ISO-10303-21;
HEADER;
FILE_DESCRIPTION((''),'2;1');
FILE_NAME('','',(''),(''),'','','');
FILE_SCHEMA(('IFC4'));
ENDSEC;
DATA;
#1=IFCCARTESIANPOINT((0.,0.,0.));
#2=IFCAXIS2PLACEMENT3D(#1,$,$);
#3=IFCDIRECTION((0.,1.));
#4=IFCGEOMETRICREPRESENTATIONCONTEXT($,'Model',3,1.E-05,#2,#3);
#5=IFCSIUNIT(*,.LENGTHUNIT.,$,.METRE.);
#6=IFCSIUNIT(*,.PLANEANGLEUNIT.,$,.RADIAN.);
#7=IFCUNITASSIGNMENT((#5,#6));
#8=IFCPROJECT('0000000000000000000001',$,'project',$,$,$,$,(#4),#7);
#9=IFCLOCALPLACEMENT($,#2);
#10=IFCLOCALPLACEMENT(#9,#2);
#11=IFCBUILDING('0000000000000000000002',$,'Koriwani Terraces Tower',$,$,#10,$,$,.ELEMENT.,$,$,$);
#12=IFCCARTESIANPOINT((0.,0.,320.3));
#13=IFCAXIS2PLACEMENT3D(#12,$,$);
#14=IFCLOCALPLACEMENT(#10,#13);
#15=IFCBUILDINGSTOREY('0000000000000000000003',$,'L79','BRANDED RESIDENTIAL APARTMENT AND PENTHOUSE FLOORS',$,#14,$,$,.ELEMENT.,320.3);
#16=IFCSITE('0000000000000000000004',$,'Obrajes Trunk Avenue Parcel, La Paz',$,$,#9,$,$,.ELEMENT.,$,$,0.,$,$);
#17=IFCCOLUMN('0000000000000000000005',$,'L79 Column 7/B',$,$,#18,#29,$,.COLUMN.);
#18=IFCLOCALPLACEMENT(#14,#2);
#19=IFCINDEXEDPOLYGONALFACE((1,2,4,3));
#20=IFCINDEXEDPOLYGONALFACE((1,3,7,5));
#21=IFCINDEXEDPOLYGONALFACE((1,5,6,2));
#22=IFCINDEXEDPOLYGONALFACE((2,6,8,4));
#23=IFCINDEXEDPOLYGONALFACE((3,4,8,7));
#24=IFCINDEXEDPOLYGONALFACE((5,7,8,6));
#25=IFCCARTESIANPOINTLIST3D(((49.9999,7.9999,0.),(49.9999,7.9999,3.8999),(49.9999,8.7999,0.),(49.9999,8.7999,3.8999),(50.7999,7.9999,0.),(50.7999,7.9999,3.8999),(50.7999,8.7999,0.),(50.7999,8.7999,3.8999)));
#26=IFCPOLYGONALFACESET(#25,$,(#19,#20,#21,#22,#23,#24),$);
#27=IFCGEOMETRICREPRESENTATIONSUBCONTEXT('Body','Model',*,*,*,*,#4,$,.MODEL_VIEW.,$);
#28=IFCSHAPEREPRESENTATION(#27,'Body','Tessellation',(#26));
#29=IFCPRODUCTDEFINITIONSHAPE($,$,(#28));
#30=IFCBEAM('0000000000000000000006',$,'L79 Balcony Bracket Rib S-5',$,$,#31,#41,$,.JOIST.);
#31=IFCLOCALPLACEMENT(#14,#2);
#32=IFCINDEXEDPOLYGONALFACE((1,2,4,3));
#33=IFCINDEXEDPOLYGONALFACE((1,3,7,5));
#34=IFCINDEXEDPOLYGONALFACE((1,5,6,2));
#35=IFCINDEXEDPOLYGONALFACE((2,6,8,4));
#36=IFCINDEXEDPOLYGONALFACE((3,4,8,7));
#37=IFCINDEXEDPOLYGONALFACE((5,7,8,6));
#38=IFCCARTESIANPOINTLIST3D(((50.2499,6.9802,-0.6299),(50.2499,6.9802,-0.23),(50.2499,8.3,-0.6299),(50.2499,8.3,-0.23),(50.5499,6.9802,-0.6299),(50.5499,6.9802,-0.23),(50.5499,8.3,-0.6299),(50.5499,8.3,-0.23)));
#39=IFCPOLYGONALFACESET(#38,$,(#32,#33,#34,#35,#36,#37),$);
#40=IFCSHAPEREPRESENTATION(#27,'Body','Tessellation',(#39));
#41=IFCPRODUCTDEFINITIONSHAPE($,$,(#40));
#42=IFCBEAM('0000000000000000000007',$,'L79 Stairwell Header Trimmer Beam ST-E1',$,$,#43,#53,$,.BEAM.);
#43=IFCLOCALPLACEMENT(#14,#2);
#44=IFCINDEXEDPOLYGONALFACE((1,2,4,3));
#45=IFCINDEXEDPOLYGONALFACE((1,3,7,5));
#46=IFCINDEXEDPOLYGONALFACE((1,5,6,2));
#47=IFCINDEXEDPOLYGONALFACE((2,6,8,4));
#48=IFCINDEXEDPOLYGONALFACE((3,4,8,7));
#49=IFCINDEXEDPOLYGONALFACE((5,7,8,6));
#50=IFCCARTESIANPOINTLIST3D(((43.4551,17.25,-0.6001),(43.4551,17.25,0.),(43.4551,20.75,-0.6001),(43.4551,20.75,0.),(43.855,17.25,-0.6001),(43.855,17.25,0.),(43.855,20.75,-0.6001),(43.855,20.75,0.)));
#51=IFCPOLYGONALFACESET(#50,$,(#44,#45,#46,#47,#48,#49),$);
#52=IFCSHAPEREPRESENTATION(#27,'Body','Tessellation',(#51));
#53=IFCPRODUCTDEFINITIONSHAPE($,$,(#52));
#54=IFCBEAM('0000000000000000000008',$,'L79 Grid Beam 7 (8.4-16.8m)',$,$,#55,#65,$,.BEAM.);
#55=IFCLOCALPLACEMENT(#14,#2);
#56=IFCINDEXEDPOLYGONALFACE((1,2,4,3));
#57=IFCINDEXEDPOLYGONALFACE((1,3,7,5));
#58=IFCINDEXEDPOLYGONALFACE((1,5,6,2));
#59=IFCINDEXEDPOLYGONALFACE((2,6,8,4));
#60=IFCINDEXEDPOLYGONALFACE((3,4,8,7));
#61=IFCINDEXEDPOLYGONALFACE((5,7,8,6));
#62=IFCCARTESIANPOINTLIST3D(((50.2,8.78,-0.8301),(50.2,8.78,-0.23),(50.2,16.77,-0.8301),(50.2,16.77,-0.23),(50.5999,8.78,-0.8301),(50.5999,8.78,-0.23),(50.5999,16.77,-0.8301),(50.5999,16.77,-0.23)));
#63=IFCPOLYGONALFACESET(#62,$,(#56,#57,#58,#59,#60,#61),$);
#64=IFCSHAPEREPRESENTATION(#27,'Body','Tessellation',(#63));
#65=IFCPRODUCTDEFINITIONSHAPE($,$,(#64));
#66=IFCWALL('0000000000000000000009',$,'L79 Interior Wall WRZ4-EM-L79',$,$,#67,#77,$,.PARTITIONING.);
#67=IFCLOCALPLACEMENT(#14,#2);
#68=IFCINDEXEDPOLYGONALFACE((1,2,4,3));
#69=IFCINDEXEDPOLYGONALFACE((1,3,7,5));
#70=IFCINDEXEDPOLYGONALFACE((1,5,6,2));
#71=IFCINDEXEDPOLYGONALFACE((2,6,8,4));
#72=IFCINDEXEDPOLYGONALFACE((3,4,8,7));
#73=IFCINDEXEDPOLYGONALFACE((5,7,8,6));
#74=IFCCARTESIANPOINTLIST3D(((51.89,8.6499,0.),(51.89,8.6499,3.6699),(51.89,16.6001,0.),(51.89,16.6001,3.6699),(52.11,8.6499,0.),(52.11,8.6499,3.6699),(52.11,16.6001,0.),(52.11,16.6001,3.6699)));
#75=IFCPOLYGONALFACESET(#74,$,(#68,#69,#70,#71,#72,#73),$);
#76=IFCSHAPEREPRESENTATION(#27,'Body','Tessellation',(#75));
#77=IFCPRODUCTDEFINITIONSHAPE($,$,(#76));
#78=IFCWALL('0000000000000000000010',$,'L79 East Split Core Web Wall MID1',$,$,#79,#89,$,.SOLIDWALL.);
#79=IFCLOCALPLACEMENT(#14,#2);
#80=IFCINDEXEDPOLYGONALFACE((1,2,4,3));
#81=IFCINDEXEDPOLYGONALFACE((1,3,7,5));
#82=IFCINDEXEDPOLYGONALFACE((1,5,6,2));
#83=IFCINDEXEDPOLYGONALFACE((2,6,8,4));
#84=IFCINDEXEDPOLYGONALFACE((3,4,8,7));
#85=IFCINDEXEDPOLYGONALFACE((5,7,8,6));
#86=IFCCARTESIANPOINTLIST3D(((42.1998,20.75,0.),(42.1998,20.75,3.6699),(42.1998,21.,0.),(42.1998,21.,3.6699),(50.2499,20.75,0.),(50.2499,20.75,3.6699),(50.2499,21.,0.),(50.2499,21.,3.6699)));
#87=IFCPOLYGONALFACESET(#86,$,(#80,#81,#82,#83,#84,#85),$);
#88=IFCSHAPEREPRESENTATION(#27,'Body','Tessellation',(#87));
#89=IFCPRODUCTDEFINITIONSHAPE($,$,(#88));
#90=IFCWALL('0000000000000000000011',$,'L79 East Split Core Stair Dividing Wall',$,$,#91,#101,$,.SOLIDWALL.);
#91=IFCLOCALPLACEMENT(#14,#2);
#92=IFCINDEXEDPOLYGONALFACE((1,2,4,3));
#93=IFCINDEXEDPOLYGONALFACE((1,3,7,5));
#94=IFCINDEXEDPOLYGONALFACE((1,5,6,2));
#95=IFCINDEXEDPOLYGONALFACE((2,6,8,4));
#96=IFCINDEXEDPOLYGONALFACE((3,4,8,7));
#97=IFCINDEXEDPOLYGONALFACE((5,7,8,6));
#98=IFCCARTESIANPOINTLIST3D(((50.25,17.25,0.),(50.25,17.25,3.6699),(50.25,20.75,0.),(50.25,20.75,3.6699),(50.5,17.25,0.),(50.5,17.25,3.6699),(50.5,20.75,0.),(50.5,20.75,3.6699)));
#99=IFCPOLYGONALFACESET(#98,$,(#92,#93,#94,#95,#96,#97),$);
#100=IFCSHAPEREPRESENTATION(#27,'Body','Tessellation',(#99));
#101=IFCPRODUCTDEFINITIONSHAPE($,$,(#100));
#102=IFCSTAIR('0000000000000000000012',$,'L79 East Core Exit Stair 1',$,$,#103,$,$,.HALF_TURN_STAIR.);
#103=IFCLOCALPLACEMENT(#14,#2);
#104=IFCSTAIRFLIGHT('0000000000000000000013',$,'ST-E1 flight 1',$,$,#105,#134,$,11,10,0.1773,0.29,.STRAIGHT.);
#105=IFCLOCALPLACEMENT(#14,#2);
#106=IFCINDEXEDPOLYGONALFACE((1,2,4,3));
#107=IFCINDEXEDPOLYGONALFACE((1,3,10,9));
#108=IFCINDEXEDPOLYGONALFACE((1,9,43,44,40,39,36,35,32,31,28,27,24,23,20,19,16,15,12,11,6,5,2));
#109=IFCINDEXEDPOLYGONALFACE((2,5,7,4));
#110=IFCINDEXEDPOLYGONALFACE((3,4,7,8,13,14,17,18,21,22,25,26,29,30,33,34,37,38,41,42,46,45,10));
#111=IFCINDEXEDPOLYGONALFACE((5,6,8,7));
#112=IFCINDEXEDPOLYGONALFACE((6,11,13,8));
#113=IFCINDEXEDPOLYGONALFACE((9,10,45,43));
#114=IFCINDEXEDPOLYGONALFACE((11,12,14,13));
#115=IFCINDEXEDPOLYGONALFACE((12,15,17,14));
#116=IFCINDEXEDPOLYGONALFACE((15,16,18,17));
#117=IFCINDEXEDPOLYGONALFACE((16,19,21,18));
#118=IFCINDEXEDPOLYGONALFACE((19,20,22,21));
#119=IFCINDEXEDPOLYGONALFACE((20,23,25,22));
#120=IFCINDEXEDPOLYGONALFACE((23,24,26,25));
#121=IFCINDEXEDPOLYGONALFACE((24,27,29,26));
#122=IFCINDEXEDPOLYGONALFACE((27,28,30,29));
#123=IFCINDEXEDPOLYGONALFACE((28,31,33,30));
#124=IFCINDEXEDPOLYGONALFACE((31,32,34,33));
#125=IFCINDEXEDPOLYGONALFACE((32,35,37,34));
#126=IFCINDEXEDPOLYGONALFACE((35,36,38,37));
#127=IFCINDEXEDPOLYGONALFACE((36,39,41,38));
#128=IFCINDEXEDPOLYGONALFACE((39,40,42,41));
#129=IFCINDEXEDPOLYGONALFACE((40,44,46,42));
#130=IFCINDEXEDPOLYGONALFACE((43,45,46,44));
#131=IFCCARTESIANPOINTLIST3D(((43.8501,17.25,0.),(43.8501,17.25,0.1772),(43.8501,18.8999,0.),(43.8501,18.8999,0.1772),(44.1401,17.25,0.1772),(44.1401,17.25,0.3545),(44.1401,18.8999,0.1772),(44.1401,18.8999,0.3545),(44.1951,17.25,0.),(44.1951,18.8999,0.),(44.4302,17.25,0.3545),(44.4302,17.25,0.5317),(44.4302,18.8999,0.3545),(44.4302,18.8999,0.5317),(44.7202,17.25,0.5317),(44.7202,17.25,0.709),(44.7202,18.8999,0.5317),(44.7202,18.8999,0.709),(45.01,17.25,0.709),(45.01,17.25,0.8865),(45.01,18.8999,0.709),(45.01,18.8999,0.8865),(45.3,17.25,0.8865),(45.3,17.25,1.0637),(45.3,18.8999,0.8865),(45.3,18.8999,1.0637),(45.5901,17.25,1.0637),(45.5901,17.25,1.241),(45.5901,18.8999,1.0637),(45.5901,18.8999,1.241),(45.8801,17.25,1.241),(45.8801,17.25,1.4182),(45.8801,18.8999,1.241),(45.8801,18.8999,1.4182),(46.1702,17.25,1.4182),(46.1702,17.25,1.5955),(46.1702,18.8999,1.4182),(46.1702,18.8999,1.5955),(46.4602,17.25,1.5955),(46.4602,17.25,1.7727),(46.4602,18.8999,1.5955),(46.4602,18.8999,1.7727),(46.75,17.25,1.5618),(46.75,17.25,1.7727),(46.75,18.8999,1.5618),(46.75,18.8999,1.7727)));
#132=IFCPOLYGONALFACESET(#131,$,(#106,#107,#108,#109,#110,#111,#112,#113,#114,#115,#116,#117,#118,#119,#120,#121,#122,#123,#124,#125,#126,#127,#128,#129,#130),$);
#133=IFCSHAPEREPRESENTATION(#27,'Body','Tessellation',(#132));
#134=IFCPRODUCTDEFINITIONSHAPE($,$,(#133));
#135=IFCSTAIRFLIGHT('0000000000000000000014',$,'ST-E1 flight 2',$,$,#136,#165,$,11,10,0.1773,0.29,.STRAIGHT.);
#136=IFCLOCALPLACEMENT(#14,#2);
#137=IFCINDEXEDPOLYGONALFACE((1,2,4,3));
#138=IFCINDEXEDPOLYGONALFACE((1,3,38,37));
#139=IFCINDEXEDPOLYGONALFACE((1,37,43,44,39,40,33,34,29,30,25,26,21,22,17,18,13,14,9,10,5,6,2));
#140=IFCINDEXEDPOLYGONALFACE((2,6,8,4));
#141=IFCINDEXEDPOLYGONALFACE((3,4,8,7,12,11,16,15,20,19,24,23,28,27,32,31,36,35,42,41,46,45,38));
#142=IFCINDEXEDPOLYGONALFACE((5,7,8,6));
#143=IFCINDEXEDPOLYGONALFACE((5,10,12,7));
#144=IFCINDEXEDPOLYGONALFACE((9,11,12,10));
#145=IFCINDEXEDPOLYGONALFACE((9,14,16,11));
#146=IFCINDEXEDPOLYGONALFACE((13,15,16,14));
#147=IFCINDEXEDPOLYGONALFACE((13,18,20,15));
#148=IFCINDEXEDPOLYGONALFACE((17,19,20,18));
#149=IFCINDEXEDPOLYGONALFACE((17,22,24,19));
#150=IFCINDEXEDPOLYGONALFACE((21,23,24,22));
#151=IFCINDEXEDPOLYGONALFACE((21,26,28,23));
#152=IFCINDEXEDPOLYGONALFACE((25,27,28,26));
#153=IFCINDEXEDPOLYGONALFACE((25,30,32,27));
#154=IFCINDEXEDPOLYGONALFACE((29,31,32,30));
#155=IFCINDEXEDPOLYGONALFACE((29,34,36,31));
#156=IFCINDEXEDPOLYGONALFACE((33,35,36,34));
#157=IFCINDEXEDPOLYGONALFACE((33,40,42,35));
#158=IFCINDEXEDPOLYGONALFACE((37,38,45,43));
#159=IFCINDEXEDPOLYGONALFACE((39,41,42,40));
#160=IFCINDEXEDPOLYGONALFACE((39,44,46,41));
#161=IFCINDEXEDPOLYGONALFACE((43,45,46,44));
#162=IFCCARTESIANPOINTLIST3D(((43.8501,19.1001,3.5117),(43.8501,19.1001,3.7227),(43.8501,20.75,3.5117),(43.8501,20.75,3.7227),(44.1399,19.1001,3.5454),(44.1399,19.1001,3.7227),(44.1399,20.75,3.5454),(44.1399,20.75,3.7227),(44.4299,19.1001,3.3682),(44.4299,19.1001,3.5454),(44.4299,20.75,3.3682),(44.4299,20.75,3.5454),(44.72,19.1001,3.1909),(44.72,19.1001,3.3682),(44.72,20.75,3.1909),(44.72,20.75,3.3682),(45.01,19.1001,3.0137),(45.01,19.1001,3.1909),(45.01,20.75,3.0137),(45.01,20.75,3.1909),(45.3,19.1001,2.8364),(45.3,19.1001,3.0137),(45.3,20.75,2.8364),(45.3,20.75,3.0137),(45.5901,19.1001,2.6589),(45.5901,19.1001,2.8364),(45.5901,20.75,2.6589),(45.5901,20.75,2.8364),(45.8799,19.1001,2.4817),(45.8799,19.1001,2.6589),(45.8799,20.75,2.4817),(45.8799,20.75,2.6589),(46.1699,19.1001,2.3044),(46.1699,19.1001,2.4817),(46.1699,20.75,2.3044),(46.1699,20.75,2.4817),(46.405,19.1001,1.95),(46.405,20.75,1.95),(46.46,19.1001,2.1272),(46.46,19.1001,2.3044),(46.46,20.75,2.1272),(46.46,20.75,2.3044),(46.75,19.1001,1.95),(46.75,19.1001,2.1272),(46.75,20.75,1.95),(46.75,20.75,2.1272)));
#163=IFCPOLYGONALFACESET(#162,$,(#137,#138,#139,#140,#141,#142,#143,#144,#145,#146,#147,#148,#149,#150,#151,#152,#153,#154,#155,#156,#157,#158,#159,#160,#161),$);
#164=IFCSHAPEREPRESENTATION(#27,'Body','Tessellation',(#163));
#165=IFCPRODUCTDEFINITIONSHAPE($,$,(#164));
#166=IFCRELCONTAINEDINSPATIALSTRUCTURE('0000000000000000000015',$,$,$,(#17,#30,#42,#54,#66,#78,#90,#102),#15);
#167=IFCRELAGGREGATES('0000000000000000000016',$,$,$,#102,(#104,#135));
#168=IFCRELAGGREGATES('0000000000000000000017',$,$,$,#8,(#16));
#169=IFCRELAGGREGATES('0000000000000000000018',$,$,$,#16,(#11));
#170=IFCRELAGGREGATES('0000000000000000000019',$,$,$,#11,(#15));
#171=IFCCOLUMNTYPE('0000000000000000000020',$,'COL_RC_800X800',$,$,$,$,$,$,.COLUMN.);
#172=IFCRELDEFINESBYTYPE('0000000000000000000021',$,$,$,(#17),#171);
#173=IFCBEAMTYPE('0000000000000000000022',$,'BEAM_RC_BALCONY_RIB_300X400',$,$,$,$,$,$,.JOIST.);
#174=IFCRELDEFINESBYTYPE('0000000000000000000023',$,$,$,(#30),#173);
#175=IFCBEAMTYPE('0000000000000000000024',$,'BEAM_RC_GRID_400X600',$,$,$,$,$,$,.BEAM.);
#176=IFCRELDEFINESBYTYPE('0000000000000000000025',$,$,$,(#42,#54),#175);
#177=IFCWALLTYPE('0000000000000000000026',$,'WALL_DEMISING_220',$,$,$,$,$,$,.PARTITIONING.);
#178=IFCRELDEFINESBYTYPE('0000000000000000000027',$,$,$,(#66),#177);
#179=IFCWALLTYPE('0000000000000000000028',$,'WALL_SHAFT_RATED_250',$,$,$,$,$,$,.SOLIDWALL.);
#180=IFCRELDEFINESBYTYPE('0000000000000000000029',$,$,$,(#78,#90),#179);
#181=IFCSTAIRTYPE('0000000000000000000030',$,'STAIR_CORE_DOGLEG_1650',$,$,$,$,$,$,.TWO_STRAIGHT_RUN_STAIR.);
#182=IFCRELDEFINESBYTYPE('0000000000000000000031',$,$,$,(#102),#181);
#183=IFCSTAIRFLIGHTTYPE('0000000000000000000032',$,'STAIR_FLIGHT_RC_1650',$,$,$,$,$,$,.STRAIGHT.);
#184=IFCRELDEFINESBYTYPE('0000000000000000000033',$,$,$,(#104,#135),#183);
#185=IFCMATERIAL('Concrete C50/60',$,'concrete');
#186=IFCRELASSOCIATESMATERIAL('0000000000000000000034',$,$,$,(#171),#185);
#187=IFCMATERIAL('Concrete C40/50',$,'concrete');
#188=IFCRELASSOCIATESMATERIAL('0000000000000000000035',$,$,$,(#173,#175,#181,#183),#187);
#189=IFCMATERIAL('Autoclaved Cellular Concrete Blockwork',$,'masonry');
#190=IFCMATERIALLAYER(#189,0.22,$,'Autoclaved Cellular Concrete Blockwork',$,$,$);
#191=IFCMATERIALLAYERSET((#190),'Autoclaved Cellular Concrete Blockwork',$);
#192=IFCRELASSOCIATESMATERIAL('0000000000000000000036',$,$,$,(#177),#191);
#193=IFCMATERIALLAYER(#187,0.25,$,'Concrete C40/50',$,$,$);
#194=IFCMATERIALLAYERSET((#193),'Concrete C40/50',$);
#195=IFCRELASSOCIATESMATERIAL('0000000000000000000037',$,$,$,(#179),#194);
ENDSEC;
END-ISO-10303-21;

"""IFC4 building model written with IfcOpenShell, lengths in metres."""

from ifc_helpers import new_model, si_unit, direction, frame, frame_2d, origin, origin_2d, place, context, subcontext, project, spatial, polyline, rectangle, outline, extrude, material, layer, layer_set, material_profile, profile_set, type_object, element, aggregate, save


model = new_model("IFC4")

# Units and contexts
model_context = context("Model", 3, precision=1e-05, world=origin(), true_north=direction((0.0, 1.0)))
body_context = subcontext(model_context, "Body", "Model", "MODEL_VIEW")
ifc_project = project(units=[si_unit("LENGTHUNIT", "METRE"), si_unit("PLANEANGLEUNIT", "RADIAN")], contexts=[model_context])

# Site, building, storey
site_placement = place(None, origin())
site = spatial("IfcSite", under=ifc_project, at=site_placement, Name="Obrajes Trunk Avenue Parcel, La Paz", CompositionType="ELEMENT", RefElevation=0.0)
building_placement = place(site_placement, origin())
building = spatial("IfcBuilding", under=site, at=building_placement, Name="Koriwani Terraces Tower", CompositionType="ELEMENT")
storey_placement = place(building_placement, frame((0.0, 0.0, 320.3)))
storey = spatial("IfcBuildingStorey", under=building, at=storey_placement, Name="L79", Description="BRANDED RESIDENTIAL APARTMENT AND PENTHOUSE FLOORS", CompositionType="ELEMENT", Elevation=320.3)

# Column
ifc_material_1 = material(Name="Concrete C50/60", Category="concrete")
ifc_material_profile_1 = material_profile(ifc_material_1, rectangle(XDim=0.8, YDim=0.8, at=origin_2d()), Name="Concrete C50/60", Category="LoadBearing")
ifc_profile_set_1 = profile_set([ifc_material_profile_1], Name="Concrete C50/60")
column_type = type_object("IfcColumnType", Name="COL_RC_800X800", PredefinedType="COLUMN", material=ifc_profile_set_1)
column_placement = place(storey_placement, frame((50.3999, 8.3999, 0.0), z_axis=(0.0, 0.0, 1.0), x_axis=(1.0, 0.0, 0.0)))
element("IfcColumn", 1, at=column_placement, inside=storey, type_object=column_type, Name="L79 Column 7/B", PredefinedType="COLUMN", context=body_context, shape_type="SweptSolid", body=[
    extrude(rectangle(XDim=0.8, YDim=0.8, at=origin_2d()), origin(), (0.0, 0.0, 1.0), 3.8999),
])

# Beams
ifc_material_2 = material(Name="Concrete C40/50", Category="concrete")
ifc_material_profile_2 = material_profile(ifc_material_2, rectangle(XDim=0.3, YDim=0.3999, at=origin_2d()), Name="Concrete C40/50", Category="LoadBearing")
ifc_profile_set_2 = profile_set([ifc_material_profile_2], Name="Concrete C40/50")
beam_type_1 = type_object("IfcBeamType", Name="BEAM_RC_BALCONY_RIB_300X400", PredefinedType="JOIST", material=ifc_profile_set_2)
beam_1_placement = place(storey_placement, frame((50.3999, 6.9802, -0.4299), z_axis=(0.0, 1.0, 0.0), x_axis=(-1.0, 0.0, 0.0)))
element("IfcBeam", 2, at=beam_1_placement, inside=storey, type_object=beam_type_1, Name="L79 Balcony Bracket Rib S-5", PredefinedType="JOIST", context=body_context, shape_type="SweptSolid", body=[
    extrude(rectangle(XDim=0.3, YDim=0.3999, at=origin_2d()), origin(), (0.0, 0.0, 1.0), 1.3198),
])
ifc_material_profile_3 = material_profile(ifc_material_2, rectangle(XDim=0.3999, YDim=0.6001, at=origin_2d()), Name="Concrete C40/50", Category="LoadBearing")
ifc_profile_set_3 = profile_set([ifc_material_profile_3], Name="Concrete C40/50")
beam_type_2 = type_object("IfcBeamType", Name="BEAM_RC_GRID_400X600", PredefinedType="BEAM", material=ifc_profile_set_3)
beam_2_placement = place(storey_placement, frame((43.655, 17.25, -0.3), z_axis=(0.0, 1.0, 0.0), x_axis=(-1.0, 0.0, 0.0)))
element("IfcBeam", 3, at=beam_2_placement, inside=storey, type_object=beam_type_2, Name="L79 Stairwell Header Trimmer Beam ST-E1", PredefinedType="BEAM", context=body_context, shape_type="SweptSolid", body=[
    extrude(rectangle(XDim=0.3999, YDim=0.6001, at=origin_2d()), origin(), (0.0, 0.0, 1.0), 3.5),
])
beam_3_placement = place(storey_placement, frame((50.3999, 8.78, -0.53), z_axis=(0.0, 1.0, 0.0), x_axis=(-1.0, 0.0, 0.0)))
element("IfcBeam", 4, at=beam_3_placement, inside=storey, type_object=beam_type_2, Name="L79 Grid Beam 7 (8.4-16.8m)", PredefinedType="BEAM", context=body_context, shape_type="SweptSolid", body=[
    extrude(rectangle(XDim=0.3999, YDim=0.6001, at=origin_2d()), origin(), (0.0, 0.0, 1.0), 7.99),
])

# Walls
ifc_material_3 = material(Name="Autoclaved Cellular Concrete Blockwork", Category="masonry")
ifc_layer_1 = layer(ifc_material_3, 0.22, Name="Autoclaved Cellular Concrete Blockwork")
ifc_layer_set_1 = layer_set([ifc_layer_1], Name="Autoclaved Cellular Concrete Blockwork")
wall_type_1 = type_object("IfcWallType", Name="WALL_DEMISING_220", PredefinedType="PARTITIONING", material=ifc_layer_set_1)
wall_1_placement = place(storey_placement, frame((52.0, 8.6499, 0.0), z_axis=(0.0, 0.0, 1.0), x_axis=(0.0, 1.0, 0.0)))
element("IfcWall", 5, at=wall_1_placement, inside=storey, type_object=wall_type_1, Name="L79 Interior Wall WRZ4-EM-L79", PredefinedType="PARTITIONING", context=body_context, shape_type="SweptSolid", body=[
    extrude(rectangle(XDim=7.9502, YDim=0.22, at=frame_2d((3.9751, 0.0))), origin(), (0.0, 0.0, 1.0), 3.6699),
])
ifc_layer_2 = layer(ifc_material_2, 0.25, Name="Concrete C40/50")
ifc_layer_set_2 = layer_set([ifc_layer_2], Name="Concrete C40/50")
wall_type_2 = type_object("IfcWallType", Name="WALL_SHAFT_RATED_250", PredefinedType="SOLIDWALL", material=ifc_layer_set_2)
wall_2_placement = place(storey_placement, frame((42.2, 20.875, 0.0), z_axis=(0.0, 0.0, 1.0), x_axis=(1.0, 0.0, 0.0)))
element("IfcWall", 6, at=wall_2_placement, inside=storey, type_object=wall_type_2, Name="L79 East Split Core Web Wall MID1", PredefinedType="SOLIDWALL", context=body_context, shape_type="SweptSolid", body=[
    extrude(rectangle(XDim=8.05, YDim=0.25, at=frame_2d((4.0249, 0.0))), origin(), (0.0, 0.0, 1.0), 3.6699),
])
wall_3_placement = place(storey_placement, frame((50.375, 17.25, 0.0), z_axis=(0.0, 0.0, 1.0), x_axis=(0.0, 1.0, 0.0)))
element("IfcWall", 7, at=wall_3_placement, inside=storey, type_object=wall_type_2, Name="L79 East Split Core Stair Dividing Wall", PredefinedType="SOLIDWALL", context=body_context, shape_type="SweptSolid", body=[
    extrude(rectangle(XDim=3.5, YDim=0.25, at=frame_2d((1.75, 0.0))), origin(), (0.0, 0.0, 1.0), 3.6699),
])

# Stair, stair flights
stair_type = type_object("IfcStairType", Name="STAIR_CORE_DOGLEG_1650", PredefinedType="TWO_STRAIGHT_RUN_STAIR", material=ifc_material_2)
stair_placement = place(storey_placement, origin())
stair = element("IfcStair", 8, at=stair_placement, inside=storey, type_object=stair_type, Name="L79 East Core Exit Stair 1", PredefinedType="HALF_TURN_STAIR")
stair_flight_type = type_object("IfcStairFlightType", Name="STAIR_FLIGHT_RC_1650", PredefinedType="STRAIGHT", material=ifc_material_2)
stair_flight_1_placement = place(storey_placement, frame((43.8501, 18.075, 0.0), z_axis=(0.0, 0.0, 1.0), x_axis=(1.0, 0.0, 0.0)))
stair_flight_1 = element("IfcStairFlight", 9, at=stair_flight_1_placement, type_object=stair_flight_type, Name="ST-E1 flight 1", NumberOfRisers=11, NumberOfTreads=10, PredefinedType="STRAIGHT", RiserHeight=0.1773, TreadLength=0.29, context=body_context, shape_type="SweptSolid", body=[
    extrude(outline(polyline([(0.0, 0.0), (0.0, 0.1772), (0.29, 0.1772), (0.29, 0.3545), (0.5801, 0.3545), (0.5801, 0.5317), (0.8701, 0.5317), (0.8701, 0.709), (1.1599, 0.709), (1.1599, 0.8865), (1.45, 0.8865), (1.45, 1.0637), (1.74, 1.0637), (1.74, 1.241), (2.03, 1.241), (2.03, 1.4182), (2.3201, 1.4182), (2.3201, 1.5955), (2.6101, 1.5955), (2.6101, 1.7727), (2.8999, 1.7727), (2.8999, 1.95), (2.8999, 1.5618), (0.345, 0.0), (0.0, 0.0)])), frame((0.0, 0.825, 0.0), z_axis=(0.0, -1.0, 0.0), x_axis=(1.0, 0.0, 0.0)), (0.0, 0.0, 1.0), 1.6499),
])
stair_flight_2_placement = place(storey_placement, frame((46.75, 19.925, 1.95), z_axis=(0.0, 0.0, 1.0), x_axis=(-1.0, 0.0, 0.0)))
stair_flight_2 = element("IfcStairFlight", 10, at=stair_flight_2_placement, type_object=stair_flight_type, Name="ST-E1 flight 2", NumberOfRisers=11, NumberOfTreads=10, PredefinedType="STRAIGHT", RiserHeight=0.1773, TreadLength=0.29, context=body_context, shape_type="SweptSolid", body=[
    extrude(outline(polyline([(0.0, 0.0), (0.0, 0.1772), (0.29, 0.1772), (0.29, 0.3545), (0.5801, 0.3545), (0.5801, 0.5317), (0.8701, 0.5317), (0.8701, 0.709), (1.1599, 0.709), (1.1599, 0.8865), (1.45, 0.8865), (1.45, 1.0637), (1.74, 1.0637), (1.74, 1.241), (2.03, 1.241), (2.03, 1.4182), (2.3201, 1.4182), (2.3201, 1.5955), (2.6101, 1.5955), (2.6101, 1.7727), (2.8999, 1.7727), (2.8999, 1.95), (2.8999, 1.5618), (0.345, 0.0), (0.0, 0.0)])), frame((0.0, 0.825, 0.0), z_axis=(0.0, -1.0, 0.0), x_axis=(1.0, 0.0, 0.0)), (0.0, 0.0, 1.0), 1.6499),
])
aggregate(stair, [stair_flight_1, stair_flight_2])

save(model, "model.ifc")
